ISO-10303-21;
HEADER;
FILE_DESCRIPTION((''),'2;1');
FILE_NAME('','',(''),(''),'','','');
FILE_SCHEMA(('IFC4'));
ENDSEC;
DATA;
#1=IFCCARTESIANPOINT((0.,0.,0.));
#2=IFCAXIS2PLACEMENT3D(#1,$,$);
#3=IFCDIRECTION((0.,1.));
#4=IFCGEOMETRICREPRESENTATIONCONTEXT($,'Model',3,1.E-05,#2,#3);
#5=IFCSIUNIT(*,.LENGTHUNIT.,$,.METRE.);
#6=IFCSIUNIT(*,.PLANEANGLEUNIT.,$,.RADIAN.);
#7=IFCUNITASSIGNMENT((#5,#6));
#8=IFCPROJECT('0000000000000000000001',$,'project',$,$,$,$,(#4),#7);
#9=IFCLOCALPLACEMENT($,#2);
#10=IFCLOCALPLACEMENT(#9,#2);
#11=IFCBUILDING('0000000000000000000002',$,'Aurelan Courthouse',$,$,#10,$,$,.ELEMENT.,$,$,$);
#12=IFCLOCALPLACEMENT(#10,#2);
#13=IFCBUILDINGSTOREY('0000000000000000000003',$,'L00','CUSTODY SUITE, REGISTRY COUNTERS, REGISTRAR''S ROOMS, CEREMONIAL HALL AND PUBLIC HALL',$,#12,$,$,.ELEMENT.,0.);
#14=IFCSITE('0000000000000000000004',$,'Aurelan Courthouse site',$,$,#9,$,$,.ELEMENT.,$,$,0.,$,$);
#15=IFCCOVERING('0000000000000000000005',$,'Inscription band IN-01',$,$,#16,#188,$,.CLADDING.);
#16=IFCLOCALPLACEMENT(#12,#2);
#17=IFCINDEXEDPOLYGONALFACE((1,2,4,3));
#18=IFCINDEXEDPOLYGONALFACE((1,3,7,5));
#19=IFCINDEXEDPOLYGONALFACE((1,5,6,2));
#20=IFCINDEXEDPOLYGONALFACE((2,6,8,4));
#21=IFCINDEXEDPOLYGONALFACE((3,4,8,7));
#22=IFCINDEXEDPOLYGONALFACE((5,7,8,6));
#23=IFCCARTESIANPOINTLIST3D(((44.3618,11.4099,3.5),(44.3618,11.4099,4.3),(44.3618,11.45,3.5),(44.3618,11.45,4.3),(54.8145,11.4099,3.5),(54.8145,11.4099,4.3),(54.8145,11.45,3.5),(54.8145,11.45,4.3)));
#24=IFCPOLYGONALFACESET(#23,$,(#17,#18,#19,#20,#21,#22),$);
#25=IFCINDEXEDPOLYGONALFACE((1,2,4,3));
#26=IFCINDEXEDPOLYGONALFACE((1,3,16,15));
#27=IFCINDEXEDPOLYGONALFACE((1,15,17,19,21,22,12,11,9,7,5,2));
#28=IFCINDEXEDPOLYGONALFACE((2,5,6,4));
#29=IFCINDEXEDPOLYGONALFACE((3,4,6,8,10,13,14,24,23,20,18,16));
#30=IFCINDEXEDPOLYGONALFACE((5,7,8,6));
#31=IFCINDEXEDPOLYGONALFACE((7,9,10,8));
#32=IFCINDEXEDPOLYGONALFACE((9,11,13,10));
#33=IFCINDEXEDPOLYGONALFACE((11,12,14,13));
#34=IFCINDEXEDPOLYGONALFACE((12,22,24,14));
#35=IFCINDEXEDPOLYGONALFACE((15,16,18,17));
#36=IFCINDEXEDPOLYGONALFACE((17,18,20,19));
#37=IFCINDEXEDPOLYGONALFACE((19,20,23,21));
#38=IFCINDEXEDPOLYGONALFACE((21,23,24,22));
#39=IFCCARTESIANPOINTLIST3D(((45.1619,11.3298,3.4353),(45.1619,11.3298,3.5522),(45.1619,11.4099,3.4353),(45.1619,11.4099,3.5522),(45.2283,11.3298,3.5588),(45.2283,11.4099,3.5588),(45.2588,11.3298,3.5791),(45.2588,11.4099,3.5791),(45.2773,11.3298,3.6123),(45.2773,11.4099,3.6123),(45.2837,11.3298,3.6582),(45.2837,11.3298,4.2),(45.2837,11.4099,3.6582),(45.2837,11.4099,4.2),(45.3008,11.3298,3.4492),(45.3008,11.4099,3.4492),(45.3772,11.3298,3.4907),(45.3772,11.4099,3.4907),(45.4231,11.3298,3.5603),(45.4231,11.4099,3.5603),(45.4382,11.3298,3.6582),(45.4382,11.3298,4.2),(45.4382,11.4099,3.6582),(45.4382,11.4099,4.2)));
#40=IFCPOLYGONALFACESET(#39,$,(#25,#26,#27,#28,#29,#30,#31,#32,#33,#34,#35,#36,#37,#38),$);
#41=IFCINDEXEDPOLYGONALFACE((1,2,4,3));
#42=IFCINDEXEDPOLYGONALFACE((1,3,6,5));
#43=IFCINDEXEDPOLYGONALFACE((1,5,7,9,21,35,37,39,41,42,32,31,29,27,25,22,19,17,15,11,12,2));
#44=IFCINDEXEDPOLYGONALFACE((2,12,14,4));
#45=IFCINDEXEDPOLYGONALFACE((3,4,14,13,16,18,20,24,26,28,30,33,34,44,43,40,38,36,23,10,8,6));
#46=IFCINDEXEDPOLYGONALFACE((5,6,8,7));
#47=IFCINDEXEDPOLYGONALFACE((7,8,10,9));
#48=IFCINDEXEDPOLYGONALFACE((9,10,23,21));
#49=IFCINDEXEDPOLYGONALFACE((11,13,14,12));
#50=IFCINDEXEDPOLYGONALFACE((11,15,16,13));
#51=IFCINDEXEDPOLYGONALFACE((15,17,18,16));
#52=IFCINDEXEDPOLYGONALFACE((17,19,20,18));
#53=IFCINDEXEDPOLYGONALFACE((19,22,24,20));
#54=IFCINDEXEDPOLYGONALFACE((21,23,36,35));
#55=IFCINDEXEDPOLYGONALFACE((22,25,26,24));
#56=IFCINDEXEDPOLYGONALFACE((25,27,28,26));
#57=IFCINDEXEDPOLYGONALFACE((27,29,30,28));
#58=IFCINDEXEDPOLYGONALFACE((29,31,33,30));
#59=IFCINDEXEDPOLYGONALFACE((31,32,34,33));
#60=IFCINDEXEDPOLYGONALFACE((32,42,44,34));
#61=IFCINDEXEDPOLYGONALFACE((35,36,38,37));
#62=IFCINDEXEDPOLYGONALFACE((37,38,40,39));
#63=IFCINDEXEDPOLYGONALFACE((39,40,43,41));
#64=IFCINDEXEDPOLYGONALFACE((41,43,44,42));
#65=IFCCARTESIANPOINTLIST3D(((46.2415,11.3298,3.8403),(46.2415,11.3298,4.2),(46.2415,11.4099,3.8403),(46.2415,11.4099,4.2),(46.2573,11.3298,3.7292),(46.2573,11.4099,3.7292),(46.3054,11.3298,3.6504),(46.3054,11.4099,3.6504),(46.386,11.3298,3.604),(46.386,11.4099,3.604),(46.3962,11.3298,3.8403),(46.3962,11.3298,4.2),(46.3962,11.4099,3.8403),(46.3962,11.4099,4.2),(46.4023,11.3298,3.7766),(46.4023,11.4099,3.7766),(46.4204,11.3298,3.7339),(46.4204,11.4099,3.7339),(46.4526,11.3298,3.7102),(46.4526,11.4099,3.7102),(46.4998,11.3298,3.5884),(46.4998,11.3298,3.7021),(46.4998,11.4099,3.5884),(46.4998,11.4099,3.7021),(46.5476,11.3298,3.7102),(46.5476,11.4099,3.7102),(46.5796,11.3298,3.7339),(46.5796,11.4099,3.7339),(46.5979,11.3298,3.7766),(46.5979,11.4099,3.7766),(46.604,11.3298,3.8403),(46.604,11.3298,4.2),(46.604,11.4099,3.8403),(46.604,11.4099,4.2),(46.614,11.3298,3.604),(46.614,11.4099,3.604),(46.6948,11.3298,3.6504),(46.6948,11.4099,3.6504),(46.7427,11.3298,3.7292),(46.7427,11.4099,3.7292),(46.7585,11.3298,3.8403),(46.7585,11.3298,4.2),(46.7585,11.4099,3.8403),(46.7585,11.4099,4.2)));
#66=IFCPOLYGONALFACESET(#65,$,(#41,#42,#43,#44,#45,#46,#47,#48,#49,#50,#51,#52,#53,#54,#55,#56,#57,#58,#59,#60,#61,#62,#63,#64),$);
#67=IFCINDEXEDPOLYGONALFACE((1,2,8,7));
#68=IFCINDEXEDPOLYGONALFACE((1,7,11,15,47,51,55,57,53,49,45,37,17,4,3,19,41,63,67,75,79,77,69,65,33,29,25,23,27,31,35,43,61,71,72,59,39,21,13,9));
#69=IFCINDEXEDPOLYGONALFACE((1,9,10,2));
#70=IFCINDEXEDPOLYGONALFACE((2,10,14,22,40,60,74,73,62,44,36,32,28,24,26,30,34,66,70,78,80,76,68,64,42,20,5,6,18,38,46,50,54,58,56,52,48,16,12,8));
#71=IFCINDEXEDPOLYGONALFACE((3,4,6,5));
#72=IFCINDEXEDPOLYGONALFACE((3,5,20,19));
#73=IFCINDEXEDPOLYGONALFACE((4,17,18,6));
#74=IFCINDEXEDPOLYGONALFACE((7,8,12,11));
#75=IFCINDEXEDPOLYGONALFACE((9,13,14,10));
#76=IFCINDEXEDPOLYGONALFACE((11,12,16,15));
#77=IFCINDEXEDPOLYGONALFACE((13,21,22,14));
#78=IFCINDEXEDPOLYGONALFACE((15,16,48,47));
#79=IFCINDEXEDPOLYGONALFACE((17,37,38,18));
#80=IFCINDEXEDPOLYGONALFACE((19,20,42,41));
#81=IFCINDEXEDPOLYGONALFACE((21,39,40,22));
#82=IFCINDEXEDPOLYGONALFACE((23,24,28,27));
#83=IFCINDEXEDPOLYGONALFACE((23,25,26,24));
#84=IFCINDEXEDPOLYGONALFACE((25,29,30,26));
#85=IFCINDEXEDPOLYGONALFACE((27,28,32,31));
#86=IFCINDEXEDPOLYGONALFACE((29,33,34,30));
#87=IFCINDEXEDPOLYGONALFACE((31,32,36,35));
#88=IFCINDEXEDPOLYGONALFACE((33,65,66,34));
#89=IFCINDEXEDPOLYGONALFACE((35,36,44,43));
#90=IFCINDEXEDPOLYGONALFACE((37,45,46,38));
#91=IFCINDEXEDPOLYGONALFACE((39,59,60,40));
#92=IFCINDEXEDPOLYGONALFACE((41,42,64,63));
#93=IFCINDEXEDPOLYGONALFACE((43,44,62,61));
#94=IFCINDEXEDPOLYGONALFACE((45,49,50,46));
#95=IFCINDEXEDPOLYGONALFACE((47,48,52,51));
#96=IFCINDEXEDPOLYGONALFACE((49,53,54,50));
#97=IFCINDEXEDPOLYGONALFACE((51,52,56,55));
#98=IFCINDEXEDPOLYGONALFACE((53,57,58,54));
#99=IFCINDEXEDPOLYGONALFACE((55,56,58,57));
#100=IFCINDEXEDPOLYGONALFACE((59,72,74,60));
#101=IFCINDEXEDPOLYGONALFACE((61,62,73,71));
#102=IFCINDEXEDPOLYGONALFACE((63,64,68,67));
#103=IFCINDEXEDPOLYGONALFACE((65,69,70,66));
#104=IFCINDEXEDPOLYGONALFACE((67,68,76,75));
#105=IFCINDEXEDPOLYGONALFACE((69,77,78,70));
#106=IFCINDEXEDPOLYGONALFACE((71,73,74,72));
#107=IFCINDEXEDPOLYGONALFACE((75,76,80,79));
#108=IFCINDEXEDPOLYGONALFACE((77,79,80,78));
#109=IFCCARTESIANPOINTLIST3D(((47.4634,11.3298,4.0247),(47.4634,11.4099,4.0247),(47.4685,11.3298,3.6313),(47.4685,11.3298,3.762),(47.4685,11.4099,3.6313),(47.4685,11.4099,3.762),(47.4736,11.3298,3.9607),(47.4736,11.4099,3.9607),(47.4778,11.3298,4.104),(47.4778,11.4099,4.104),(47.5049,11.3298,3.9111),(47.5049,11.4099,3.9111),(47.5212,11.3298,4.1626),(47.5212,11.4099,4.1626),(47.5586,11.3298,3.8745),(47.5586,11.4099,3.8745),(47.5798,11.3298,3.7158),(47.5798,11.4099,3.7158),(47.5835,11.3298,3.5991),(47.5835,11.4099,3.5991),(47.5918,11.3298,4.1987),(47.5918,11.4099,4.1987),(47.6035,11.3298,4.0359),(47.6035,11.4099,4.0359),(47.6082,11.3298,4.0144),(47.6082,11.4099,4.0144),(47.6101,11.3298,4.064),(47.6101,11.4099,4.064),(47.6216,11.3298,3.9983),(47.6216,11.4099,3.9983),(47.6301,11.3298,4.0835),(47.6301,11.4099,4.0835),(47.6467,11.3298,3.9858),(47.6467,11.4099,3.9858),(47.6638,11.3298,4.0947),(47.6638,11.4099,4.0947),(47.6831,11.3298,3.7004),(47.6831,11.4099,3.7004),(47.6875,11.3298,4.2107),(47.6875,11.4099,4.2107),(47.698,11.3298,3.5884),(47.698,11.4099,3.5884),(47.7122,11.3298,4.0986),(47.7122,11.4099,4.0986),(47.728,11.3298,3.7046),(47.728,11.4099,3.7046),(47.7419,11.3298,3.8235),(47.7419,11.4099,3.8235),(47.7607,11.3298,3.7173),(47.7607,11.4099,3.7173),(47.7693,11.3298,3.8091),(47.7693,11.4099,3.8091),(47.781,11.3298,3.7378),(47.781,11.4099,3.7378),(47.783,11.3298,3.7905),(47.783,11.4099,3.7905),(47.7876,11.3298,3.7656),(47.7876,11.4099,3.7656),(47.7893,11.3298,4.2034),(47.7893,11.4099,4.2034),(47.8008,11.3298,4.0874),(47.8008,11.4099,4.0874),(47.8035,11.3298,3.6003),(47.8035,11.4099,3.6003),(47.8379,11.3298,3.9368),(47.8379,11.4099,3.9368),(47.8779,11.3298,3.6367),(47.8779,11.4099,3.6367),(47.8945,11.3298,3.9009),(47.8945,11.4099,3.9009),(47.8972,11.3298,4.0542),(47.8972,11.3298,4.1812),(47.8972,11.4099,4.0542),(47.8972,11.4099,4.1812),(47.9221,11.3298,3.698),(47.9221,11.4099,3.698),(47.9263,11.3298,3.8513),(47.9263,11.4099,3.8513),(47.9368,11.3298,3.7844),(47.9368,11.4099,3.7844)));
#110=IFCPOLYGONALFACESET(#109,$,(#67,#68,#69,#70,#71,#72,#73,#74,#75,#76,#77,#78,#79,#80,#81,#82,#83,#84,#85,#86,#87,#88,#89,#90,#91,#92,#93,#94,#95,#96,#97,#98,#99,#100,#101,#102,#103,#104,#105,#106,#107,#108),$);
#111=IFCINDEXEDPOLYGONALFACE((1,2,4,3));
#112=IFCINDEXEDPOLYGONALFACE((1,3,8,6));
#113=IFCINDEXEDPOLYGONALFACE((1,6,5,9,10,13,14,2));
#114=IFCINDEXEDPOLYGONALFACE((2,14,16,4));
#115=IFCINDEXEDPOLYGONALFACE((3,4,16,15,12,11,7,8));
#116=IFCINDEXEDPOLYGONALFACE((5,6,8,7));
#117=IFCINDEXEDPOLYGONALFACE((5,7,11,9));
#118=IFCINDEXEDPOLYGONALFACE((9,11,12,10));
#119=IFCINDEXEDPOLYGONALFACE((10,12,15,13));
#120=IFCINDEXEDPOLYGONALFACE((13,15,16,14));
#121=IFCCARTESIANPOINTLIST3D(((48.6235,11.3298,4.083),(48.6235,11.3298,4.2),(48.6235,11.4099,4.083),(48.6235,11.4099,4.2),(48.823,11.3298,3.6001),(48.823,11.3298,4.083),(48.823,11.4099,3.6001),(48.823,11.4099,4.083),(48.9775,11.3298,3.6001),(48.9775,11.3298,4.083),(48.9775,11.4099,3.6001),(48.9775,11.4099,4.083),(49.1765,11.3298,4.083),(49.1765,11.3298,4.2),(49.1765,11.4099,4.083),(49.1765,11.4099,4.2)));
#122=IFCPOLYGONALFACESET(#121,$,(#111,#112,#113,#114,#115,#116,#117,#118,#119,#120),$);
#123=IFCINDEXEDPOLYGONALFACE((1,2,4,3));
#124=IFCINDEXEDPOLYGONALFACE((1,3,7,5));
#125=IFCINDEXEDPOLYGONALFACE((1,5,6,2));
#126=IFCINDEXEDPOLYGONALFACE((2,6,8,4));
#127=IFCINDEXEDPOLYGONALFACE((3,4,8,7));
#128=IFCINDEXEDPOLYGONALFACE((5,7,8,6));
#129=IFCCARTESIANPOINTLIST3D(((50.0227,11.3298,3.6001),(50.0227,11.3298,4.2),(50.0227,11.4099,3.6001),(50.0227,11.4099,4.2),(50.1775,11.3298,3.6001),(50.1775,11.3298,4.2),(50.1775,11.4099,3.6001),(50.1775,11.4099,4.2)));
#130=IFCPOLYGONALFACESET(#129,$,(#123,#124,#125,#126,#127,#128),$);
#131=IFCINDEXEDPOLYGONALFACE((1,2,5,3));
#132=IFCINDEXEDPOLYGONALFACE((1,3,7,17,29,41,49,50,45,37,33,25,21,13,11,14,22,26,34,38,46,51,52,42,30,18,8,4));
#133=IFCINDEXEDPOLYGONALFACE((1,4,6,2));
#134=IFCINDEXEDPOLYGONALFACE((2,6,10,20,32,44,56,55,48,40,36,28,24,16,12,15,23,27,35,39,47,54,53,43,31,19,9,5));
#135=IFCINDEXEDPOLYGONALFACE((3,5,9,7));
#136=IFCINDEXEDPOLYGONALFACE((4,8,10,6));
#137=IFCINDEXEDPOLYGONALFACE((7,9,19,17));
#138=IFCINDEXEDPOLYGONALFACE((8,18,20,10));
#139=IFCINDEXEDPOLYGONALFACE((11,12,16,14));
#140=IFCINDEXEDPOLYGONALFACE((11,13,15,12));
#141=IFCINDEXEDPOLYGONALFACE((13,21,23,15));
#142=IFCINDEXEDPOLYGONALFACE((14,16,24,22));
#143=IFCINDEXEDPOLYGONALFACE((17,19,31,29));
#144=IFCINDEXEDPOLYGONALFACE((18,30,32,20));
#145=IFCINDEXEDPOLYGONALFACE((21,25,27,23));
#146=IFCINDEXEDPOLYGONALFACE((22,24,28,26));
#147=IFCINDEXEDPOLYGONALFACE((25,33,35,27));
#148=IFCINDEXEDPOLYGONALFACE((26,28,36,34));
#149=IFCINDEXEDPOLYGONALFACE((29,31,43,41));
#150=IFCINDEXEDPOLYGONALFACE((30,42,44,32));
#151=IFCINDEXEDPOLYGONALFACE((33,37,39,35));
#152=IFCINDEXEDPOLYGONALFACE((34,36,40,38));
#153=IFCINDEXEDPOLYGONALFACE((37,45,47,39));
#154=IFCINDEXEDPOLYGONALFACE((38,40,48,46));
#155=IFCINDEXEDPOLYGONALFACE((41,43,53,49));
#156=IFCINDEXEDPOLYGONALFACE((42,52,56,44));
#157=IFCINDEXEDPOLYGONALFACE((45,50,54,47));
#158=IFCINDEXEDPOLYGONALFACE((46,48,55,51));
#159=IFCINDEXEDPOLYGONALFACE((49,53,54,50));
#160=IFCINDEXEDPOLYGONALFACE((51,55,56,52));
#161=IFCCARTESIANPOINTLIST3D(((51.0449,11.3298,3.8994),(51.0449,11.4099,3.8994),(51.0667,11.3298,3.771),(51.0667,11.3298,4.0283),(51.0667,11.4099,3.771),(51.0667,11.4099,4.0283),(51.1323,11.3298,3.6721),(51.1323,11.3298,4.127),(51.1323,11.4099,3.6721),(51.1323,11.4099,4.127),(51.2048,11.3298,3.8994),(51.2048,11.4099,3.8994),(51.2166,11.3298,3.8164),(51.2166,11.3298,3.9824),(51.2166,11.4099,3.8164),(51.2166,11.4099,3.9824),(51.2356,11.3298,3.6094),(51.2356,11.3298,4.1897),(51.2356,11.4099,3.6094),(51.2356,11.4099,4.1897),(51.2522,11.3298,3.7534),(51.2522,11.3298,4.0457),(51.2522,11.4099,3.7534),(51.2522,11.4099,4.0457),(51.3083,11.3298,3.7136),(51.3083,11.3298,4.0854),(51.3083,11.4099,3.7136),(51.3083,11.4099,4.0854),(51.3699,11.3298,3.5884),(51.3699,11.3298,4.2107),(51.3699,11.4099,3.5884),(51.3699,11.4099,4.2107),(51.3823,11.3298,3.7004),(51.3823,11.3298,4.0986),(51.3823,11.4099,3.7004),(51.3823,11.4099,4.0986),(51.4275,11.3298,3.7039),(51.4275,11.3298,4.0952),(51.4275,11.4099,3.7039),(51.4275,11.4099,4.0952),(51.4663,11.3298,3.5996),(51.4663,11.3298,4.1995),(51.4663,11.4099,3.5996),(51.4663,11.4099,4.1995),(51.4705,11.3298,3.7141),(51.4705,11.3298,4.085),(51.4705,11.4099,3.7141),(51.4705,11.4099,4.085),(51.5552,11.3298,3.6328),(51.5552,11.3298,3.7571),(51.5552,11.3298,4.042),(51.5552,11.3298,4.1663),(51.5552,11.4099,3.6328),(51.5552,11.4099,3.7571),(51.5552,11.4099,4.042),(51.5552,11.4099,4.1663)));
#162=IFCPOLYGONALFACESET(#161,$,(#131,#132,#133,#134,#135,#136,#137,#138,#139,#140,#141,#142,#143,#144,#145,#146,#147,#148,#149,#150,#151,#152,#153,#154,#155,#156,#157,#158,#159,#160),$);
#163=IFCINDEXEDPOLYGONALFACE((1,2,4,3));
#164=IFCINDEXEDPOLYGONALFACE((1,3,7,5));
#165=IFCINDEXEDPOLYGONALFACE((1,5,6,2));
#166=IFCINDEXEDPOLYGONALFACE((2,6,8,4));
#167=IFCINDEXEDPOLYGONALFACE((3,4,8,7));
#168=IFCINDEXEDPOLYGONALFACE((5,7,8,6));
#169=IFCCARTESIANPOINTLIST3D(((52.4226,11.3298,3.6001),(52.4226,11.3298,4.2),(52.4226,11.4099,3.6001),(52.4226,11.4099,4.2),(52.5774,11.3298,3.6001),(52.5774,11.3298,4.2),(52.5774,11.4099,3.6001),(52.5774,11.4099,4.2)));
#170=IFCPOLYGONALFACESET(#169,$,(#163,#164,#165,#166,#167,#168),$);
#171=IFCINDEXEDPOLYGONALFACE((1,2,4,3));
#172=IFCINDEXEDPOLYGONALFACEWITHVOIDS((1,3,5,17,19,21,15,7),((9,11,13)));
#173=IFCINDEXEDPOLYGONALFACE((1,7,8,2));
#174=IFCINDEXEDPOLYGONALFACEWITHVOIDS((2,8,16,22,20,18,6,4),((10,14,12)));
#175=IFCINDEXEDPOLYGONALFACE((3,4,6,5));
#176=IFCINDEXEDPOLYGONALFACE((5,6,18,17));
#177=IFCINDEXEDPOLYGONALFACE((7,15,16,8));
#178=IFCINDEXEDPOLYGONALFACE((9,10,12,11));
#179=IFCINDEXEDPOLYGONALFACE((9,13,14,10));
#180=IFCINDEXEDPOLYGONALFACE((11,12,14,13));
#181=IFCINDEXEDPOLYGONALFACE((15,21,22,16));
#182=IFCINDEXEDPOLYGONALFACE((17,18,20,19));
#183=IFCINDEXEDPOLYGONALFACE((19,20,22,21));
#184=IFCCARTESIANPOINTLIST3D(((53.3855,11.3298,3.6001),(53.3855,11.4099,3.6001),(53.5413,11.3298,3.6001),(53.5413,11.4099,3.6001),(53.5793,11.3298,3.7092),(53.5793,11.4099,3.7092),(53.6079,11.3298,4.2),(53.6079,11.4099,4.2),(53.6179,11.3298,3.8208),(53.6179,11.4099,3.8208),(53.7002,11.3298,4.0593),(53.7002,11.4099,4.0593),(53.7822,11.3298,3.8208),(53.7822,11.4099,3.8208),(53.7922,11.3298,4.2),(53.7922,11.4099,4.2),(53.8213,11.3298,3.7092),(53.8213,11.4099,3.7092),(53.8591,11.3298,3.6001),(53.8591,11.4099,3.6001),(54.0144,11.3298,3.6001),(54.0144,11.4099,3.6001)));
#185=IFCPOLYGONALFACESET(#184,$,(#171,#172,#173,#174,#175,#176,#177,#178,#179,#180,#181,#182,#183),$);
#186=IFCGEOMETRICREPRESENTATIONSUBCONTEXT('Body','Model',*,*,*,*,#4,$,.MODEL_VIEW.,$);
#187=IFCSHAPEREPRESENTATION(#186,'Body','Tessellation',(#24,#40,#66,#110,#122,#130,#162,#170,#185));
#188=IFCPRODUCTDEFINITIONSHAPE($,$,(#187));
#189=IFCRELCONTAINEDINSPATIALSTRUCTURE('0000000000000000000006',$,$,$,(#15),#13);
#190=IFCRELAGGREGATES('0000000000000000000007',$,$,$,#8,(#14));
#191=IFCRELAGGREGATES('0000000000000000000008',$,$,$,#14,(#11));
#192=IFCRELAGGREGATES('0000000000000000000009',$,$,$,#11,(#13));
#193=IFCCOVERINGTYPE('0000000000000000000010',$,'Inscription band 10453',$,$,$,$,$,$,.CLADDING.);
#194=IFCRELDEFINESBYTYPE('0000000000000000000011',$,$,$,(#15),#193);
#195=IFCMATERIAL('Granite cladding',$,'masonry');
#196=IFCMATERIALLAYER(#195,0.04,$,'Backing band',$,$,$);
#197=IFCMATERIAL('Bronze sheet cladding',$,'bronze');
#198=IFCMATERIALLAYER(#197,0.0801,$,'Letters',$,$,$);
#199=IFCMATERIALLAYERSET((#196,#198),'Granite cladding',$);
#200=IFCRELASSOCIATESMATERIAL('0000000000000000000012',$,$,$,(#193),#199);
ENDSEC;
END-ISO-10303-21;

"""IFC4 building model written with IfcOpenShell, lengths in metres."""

from ifc_helpers import new_model, si_unit, direction, frame, origin, place, context, subcontext, project, spatial, polyline, outline, extrude, material, layer, layer_set, type_object, element, save


model = new_model("IFC4")

# Units and contexts
model_context = context("Model", 3, precision=1e-05, world=origin(), true_north=direction((0.0, 1.0)))
body_context = subcontext(model_context, "Body", "Model", "MODEL_VIEW")
ifc_project = project(units=[si_unit("LENGTHUNIT", "METRE"), si_unit("PLANEANGLEUNIT", "RADIAN")], contexts=[model_context])

# Site, building, storey
site_placement = place(None, origin())
site = spatial("IfcSite", under=ifc_project, at=site_placement, Name="Aurelan Courthouse site", CompositionType="ELEMENT", RefElevation=0.0)
building_placement = place(site_placement, origin())
building = spatial("IfcBuilding", under=site, at=building_placement, Name="Aurelan Courthouse", CompositionType="ELEMENT")
storey_placement = place(building_placement, origin())
storey = spatial("IfcBuildingStorey", under=building, at=storey_placement, Name="L00", Description="CUSTODY SUITE, REGISTRY COUNTERS, REGISTRAR'S ROOMS, CEREMONIAL HALL AND PUBLIC HALL", CompositionType="ELEMENT", Elevation=0.0)

# Covering
ifc_material_1 = material(Name="Granite cladding", Category="masonry")
ifc_layer_1 = layer(ifc_material_1, 0.04, Name="Backing band")
ifc_material_2 = material(Name="Bronze sheet cladding", Category="bronze")
ifc_layer_2 = layer(ifc_material_2, 0.0801, Name="Letters")
ifc_layer_set_1 = layer_set([ifc_layer_1, ifc_layer_2], Name="Granite cladding")
covering_type_1 = type_object("IfcCoveringType", Name="Inscription band 10453", PredefinedType="CLADDING", material=ifc_layer_set_1)
covering_1_placement = place(storey_placement, frame((44.3618, 11.45, 0.0), z_axis=(0.0, -1.0, 0.0), x_axis=(1.0, 0.0, 0.0)))
element("IfcCovering", 1, at=covering_1_placement, inside=storey, type_object=covering_type_1, Name="Inscription band IN-01", PredefinedType="CLADDING", context=body_context, shape_type="SweptSolid", body=[
    extrude(outline(polyline([(0.0, 3.5), (10.4526, 3.5), (10.4526, 4.3), (0.0, 4.3), (0.0, 3.5)])), origin(), (0.0, 0.0, 1.0), 0.04),
    extrude(outline(polyline([(0.9219, 4.2), (1.0764, 4.2), (1.0764, 3.6582), (1.0613, 3.5603), (1.0154, 3.4907), (0.939, 3.4492), (0.8, 3.4353), (0.8, 3.5522), (0.8665, 3.5588), (0.897, 3.5791), (0.9155, 3.6123), (0.9219, 3.6582), (0.9219, 4.2)])), frame((0.0, 0.0, 0.04)), (0.0, 0.0, 1.0), 0.0801),
    extrude(outline(polyline([(1.8796, 4.2), (2.0344, 4.2), (2.0344, 3.8403), (2.0405, 3.7766), (2.0586, 3.7339), (2.0908, 3.7102), (2.1379, 3.7021), (2.1858, 3.7102), (2.2178, 3.7339), (2.2361, 3.7766), (2.2422, 3.8403), (2.2422, 4.2), (2.3967, 4.2), (2.3967, 3.8403), (2.3809, 3.7292), (2.333, 3.6504), (2.2522, 3.604), (2.1379, 3.5884), (2.0242, 3.604), (1.9436, 3.6504), (1.8955, 3.7292), (1.8796, 3.8403), (1.8796, 4.2)])), frame((0.0, 0.0, 0.04)), (0.0, 0.0, 1.0), 0.0801),
    extrude(outline(polyline([(3.5354, 4.1812), (3.5354, 4.0542), (3.439, 4.0874), (3.3503, 4.0986), (3.302, 4.0947), (3.2683, 4.0835), (3.2483, 4.064), (3.2417, 4.0359), (3.2463, 4.0144), (3.2598, 3.9983), (3.2849, 3.9858), (3.4761, 3.9368), (3.5327, 3.9009), (3.5645, 3.8513), (3.575, 3.7844), (3.5603, 3.698), (3.5161, 3.6367), (3.4417, 3.6003), (3.3362, 3.5884), (3.2217, 3.5991), (3.1067, 3.6313), (3.1067, 3.762), (3.218, 3.7158), (3.3213, 3.7004), (3.3662, 3.7046), (3.3989, 3.7173), (3.4192, 3.7378), (3.4258, 3.7656), (3.4211, 3.7905), (3.4075, 3.8091), (3.3801, 3.8235), (3.1968, 3.8745), (3.1431, 3.9111), (3.1118, 3.9607), (3.1016, 4.0247), (3.116, 4.104), (3.1594, 4.1626), (3.23, 4.1987), (3.3257, 4.2107), (3.4275, 4.2034), (3.5354, 4.1812)])), frame((0.0, 0.0, 0.04)), (0.0, 0.0, 1.0), 0.0801),
    extrude(outline(polyline([(4.2617, 4.2), (4.8147, 4.2), (4.8147, 4.083), (4.6157, 4.083), (4.6157, 3.6001), (4.4612, 3.6001), (4.4612, 4.083), (4.2617, 4.083), (4.2617, 4.2)])), frame((0.0, 0.0, 0.04)), (0.0, 0.0, 1.0), 0.0801),
    extrude(outline(polyline([(5.6609, 4.2), (5.8157, 4.2), (5.8157, 3.6001), (5.6609, 3.6001), (5.6609, 4.2)])), frame((0.0, 0.0, 0.04)), (0.0, 0.0, 1.0), 0.0801),
    extrude(outline(polyline([(7.1934, 3.6328), (7.1045, 3.5996), (7.0081, 3.5884), (6.8738, 3.6094), (6.7705, 3.6721), (6.7048, 3.771), (6.6831, 3.8994), (6.7048, 4.0283), (6.7705, 4.127), (6.8738, 4.1897), (7.0081, 4.2107), (7.1045, 4.1995), (7.1934, 4.1663), (7.1934, 4.042), (7.1086, 4.085), (7.0657, 4.0952), (7.0205, 4.0986), (6.9465, 4.0854), (6.8904, 4.0457), (6.8547, 3.9824), (6.843, 3.8994), (6.8547, 3.8164), (6.8904, 3.7534), (6.9465, 3.7136), (7.0205, 3.7004), (7.0657, 3.7039), (7.1086, 3.7141), (7.1934, 3.7571), (7.1934, 3.6328)])), frame((0.0, 0.0, 0.04)), (0.0, 0.0, 1.0), 0.0801),
    extrude(outline(polyline([(8.0608, 4.2), (8.2156, 4.2), (8.2156, 3.6001), (8.0608, 3.6001), (8.0608, 4.2)])), frame((0.0, 0.0, 0.04)), (0.0, 0.0, 1.0), 0.0801),
    extrude(outline(polyline([(9.4595, 3.7092), (9.2175, 3.7092), (9.1794, 3.6001), (9.0237, 3.6001), (9.2461, 4.2), (9.4304, 4.2), (9.6526, 3.6001), (9.4973, 3.6001), (9.4595, 3.7092)]), holes=[polyline([(9.2561, 3.8208), (9.3384, 4.0593), (9.4204, 3.8208), (9.2561, 3.8208)])]), frame((0.0, 0.0, 0.04)), (0.0, 0.0, 1.0), 0.0801),
])

save(model, "model.ifc")
